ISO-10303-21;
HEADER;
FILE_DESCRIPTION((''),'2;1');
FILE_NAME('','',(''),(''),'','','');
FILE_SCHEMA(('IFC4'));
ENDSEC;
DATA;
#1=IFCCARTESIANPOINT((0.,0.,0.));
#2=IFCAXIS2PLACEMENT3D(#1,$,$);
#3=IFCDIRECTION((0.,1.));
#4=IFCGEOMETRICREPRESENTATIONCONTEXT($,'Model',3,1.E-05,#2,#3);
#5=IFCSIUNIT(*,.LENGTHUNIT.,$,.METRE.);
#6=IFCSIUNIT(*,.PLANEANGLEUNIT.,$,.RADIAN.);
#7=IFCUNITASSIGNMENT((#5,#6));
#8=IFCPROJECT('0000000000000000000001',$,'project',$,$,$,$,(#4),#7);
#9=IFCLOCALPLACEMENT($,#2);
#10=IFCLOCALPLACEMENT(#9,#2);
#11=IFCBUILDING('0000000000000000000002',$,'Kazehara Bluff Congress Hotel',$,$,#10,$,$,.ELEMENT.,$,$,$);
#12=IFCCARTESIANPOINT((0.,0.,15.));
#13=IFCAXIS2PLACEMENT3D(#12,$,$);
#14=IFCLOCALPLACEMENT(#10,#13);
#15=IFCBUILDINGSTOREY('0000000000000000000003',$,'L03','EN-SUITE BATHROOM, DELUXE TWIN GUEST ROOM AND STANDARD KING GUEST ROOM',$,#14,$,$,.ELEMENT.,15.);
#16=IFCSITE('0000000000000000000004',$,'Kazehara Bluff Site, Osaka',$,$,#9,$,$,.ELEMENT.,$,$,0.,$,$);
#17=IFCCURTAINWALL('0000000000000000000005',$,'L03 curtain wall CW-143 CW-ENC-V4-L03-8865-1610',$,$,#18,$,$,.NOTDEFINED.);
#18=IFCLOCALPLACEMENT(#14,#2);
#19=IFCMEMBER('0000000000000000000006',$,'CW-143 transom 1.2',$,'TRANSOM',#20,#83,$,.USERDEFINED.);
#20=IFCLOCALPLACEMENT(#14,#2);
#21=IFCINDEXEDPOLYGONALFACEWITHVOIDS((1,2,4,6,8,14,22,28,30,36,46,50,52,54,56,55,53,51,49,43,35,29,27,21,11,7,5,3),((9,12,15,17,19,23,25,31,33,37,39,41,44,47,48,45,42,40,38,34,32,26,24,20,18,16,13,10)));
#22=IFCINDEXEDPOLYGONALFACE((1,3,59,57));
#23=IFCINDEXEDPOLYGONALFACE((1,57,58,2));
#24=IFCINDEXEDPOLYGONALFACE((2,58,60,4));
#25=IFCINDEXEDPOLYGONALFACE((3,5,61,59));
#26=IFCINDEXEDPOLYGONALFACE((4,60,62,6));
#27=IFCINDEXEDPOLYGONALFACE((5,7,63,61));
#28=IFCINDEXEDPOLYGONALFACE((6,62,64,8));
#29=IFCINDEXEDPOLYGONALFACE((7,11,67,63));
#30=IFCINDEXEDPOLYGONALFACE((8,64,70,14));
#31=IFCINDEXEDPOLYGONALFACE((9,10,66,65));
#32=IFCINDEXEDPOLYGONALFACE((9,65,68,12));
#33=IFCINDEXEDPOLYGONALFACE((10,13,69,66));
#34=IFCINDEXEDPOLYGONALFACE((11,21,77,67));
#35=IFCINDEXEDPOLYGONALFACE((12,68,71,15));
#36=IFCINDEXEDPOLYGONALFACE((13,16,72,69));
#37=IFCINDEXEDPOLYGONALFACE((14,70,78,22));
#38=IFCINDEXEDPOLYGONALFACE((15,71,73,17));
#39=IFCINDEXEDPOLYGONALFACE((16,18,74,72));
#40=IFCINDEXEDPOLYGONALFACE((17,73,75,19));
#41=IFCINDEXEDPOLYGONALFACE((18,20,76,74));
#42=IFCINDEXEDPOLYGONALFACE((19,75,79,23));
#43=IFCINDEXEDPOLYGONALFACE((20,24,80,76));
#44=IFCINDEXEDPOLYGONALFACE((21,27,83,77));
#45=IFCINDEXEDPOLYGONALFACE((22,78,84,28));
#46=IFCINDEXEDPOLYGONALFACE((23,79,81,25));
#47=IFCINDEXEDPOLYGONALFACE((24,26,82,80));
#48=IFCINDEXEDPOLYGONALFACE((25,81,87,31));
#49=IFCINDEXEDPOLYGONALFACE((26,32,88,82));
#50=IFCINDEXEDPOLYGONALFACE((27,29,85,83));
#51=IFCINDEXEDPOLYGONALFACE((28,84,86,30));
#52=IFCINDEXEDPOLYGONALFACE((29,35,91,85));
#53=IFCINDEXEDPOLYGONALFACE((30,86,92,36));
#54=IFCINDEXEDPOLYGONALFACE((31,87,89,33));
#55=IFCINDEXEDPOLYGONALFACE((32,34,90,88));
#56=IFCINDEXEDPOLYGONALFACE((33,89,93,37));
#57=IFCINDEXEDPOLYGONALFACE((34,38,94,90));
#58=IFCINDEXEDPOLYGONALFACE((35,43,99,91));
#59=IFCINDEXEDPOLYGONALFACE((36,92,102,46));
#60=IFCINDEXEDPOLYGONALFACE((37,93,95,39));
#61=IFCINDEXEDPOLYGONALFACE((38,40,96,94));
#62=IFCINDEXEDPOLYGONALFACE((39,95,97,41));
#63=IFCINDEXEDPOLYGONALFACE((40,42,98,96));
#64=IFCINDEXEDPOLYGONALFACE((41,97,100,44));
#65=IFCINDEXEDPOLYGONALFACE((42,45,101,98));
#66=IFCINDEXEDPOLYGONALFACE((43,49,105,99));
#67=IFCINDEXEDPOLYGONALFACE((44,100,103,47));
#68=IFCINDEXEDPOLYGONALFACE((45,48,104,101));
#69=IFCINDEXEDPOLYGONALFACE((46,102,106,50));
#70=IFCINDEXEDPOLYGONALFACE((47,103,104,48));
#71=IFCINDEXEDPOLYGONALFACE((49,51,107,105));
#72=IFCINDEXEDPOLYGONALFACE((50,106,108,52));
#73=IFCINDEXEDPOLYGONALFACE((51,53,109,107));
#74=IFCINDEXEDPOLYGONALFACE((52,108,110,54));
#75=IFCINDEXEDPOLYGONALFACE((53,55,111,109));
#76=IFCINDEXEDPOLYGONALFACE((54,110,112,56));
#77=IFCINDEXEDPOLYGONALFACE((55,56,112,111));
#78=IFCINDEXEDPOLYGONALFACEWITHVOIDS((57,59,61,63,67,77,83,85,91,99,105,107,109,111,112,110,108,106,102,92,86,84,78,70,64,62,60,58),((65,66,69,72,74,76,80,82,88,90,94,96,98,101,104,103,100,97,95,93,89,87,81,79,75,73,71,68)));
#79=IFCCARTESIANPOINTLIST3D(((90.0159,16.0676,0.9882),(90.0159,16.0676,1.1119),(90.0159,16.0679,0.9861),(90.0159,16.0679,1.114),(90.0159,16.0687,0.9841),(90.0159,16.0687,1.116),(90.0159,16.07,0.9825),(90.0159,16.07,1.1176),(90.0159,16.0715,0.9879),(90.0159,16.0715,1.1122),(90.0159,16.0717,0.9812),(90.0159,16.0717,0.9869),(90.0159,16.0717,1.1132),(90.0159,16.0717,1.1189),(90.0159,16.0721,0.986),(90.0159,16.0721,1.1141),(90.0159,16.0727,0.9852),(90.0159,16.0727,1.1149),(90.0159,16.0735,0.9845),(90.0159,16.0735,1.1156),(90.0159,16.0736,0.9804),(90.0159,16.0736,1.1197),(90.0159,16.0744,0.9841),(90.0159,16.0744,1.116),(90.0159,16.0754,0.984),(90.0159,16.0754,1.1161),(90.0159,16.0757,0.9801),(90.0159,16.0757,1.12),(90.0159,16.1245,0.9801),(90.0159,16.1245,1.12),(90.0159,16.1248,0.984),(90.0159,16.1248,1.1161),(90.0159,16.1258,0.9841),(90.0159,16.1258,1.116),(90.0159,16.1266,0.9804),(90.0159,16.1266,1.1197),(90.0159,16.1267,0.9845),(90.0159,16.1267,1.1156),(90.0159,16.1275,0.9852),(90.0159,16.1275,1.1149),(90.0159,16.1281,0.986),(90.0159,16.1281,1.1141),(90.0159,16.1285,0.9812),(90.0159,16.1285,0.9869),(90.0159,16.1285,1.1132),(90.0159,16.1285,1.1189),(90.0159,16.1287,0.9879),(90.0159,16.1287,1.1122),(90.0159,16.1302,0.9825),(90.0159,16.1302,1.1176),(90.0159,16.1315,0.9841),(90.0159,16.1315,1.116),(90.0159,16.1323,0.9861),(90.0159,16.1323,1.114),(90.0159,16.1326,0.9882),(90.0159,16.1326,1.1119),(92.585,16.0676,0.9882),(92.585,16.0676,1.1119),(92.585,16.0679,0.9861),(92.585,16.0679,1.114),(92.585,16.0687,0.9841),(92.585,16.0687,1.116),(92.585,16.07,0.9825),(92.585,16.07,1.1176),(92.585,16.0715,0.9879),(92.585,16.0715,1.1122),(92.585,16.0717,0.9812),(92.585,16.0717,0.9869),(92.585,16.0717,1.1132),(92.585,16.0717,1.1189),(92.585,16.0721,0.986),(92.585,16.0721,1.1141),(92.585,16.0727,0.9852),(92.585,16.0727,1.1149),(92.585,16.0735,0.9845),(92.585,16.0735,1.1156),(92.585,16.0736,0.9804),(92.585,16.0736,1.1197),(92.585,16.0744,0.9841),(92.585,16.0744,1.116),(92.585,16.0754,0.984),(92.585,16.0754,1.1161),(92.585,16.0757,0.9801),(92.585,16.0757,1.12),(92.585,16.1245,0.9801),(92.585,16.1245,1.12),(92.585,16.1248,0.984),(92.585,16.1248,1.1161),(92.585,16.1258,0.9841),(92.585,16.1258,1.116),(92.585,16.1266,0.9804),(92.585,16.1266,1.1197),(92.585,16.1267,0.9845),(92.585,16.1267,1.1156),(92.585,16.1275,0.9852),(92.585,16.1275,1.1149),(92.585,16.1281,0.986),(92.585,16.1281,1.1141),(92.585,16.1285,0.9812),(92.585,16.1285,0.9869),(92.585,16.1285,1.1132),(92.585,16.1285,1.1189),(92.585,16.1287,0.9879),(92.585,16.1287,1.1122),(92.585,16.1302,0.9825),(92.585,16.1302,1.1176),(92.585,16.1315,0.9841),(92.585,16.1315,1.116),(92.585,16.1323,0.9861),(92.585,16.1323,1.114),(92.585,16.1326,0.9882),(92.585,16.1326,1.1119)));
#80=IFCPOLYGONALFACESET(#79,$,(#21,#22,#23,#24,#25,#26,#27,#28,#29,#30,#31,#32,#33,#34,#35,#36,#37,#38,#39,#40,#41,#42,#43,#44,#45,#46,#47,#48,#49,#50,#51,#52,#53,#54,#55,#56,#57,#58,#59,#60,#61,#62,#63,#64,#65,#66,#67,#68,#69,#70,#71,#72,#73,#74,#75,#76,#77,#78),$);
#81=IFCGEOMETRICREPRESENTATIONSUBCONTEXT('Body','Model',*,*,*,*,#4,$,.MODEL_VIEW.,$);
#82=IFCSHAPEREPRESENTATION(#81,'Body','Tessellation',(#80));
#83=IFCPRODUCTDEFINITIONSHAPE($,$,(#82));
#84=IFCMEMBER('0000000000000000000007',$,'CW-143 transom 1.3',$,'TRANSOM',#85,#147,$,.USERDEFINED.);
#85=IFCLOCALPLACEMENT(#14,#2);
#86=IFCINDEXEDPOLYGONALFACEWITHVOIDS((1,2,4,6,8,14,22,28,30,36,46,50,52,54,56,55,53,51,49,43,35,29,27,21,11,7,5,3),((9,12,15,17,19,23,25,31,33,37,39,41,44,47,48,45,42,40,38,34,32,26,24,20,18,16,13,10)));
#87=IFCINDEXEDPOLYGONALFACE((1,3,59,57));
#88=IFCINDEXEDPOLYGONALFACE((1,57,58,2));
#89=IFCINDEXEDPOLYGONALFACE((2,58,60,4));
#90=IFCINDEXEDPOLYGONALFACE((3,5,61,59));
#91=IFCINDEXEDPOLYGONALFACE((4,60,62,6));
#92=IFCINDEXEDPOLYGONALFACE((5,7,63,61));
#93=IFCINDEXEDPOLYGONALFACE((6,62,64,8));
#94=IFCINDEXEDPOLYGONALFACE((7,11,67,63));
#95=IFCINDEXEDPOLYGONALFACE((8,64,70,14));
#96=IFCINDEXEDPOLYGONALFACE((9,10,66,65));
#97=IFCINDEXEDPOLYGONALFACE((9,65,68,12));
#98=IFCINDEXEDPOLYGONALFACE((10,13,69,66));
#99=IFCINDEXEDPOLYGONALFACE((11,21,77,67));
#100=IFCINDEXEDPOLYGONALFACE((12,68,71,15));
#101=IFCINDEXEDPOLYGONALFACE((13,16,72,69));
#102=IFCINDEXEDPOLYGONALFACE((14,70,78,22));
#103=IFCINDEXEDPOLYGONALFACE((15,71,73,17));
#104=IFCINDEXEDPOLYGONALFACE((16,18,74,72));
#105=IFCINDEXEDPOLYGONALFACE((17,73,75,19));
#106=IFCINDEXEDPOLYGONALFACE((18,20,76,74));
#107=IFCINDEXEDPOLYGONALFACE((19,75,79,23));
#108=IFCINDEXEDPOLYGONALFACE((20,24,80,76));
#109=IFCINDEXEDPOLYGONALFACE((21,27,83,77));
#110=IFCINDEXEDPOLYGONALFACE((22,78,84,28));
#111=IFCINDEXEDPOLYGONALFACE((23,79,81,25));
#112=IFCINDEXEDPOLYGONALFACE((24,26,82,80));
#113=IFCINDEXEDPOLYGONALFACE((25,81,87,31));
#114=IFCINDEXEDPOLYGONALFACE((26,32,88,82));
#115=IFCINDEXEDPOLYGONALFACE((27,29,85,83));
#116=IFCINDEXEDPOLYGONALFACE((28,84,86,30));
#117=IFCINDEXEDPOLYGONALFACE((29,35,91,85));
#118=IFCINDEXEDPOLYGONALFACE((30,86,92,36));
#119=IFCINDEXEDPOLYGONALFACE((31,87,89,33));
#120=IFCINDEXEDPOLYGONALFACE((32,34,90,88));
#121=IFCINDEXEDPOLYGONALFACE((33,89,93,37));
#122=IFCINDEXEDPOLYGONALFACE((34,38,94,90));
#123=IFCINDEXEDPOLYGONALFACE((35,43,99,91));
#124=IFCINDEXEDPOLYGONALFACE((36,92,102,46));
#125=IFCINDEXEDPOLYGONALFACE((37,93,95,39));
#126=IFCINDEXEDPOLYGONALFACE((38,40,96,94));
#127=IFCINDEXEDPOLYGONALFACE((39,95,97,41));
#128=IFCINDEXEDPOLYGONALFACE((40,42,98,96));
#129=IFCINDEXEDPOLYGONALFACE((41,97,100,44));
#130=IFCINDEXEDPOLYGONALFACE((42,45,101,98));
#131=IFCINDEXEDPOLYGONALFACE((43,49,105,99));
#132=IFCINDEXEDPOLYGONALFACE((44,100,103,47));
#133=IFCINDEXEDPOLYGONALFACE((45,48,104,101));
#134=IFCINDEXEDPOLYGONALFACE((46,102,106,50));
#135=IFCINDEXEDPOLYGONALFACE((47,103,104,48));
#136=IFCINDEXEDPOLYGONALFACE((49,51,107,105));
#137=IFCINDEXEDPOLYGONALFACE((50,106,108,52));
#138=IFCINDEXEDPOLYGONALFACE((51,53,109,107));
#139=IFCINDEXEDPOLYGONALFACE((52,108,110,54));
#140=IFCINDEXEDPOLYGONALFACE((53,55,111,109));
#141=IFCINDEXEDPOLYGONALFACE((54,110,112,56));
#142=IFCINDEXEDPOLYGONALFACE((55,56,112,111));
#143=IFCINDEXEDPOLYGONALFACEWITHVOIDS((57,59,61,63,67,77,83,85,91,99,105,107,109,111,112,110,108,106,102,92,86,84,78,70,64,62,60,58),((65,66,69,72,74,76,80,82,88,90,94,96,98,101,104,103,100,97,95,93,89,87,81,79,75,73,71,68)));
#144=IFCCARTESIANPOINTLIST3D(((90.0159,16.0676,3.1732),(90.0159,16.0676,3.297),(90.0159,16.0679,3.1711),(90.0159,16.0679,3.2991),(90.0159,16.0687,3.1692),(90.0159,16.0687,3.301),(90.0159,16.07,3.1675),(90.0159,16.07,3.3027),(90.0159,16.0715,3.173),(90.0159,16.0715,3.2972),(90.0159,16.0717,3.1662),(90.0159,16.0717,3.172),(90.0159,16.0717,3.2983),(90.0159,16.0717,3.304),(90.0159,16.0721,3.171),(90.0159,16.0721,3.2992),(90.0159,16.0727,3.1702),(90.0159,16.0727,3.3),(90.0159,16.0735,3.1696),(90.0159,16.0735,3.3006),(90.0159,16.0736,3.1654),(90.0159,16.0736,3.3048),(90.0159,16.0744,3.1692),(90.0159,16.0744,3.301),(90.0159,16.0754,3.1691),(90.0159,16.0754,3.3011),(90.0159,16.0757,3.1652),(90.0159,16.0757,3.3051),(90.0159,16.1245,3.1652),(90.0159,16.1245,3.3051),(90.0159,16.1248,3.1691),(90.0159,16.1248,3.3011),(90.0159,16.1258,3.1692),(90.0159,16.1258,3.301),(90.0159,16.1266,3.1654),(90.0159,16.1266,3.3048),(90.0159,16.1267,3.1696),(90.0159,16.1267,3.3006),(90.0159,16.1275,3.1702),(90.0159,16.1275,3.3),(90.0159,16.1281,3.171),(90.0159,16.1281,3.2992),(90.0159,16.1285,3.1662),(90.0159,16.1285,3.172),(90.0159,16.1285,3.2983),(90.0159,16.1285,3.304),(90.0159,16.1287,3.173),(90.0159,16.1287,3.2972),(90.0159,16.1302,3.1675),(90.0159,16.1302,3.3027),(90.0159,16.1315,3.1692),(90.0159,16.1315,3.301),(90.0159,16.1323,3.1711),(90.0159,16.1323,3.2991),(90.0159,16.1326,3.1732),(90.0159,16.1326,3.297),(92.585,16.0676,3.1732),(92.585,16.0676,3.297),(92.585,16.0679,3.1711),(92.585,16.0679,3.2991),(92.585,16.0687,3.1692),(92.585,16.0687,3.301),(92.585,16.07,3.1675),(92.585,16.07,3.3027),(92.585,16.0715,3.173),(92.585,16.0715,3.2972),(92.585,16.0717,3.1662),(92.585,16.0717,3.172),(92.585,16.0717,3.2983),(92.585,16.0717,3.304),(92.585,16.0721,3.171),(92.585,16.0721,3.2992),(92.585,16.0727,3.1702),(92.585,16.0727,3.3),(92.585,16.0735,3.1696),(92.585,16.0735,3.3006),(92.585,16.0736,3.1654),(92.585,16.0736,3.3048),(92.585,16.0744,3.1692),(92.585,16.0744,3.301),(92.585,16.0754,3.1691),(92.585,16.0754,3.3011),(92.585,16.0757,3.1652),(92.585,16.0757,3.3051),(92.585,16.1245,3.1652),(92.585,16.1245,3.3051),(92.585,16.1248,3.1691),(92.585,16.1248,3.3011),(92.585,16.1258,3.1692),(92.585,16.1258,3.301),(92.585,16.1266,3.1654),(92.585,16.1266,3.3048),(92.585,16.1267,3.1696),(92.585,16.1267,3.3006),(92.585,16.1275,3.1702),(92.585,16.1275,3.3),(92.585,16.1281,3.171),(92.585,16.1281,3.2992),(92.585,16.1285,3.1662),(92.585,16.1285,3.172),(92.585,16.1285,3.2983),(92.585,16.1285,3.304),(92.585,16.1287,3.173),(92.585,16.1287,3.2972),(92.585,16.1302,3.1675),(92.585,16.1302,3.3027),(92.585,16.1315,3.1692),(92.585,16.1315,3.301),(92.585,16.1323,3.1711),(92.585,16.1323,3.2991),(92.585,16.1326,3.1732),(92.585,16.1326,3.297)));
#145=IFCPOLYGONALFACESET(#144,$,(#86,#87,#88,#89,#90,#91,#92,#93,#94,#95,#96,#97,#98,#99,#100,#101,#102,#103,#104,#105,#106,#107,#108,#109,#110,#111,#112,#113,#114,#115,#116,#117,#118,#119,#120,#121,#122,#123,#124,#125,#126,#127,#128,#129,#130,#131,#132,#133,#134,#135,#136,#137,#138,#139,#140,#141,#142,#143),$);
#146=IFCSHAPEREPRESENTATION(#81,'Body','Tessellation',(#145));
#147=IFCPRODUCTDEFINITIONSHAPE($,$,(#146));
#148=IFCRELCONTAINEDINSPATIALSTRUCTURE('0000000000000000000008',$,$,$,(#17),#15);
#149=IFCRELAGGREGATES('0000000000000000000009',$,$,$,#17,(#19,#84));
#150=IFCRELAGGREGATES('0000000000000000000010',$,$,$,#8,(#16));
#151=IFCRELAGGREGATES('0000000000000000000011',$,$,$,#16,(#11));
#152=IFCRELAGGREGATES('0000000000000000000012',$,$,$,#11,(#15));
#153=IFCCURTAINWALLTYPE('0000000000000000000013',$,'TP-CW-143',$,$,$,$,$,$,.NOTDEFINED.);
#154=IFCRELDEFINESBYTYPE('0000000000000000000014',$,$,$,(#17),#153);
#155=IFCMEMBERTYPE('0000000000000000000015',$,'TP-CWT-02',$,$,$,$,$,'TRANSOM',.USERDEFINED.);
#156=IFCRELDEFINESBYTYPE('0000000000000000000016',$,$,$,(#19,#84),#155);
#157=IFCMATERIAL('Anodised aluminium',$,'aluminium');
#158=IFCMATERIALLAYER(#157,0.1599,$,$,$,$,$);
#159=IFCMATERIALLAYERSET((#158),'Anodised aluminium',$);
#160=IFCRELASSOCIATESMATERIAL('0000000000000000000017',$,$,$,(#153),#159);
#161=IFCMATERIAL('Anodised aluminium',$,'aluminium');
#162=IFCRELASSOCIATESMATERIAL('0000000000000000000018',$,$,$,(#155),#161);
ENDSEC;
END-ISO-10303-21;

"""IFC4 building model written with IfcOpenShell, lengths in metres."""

from ifc_helpers import new_model, si_unit, direction, frame, origin, origin_2d, place, context, subcontext, project, spatial, hollow_rectangle, extrude, material, layer, layer_set, material_profile, profile_set, type_object, element, aggregate, save


model = new_model("IFC4")

# Units and contexts
model_context = context("Model", 3, precision=1e-05, world=origin(), true_north=direction((0.0, 1.0)))
body_context = subcontext(model_context, "Body", "Model", "MODEL_VIEW")
ifc_project = project(units=[si_unit("LENGTHUNIT", "METRE"), si_unit("PLANEANGLEUNIT", "RADIAN")], contexts=[model_context])

# Site, building, storey
site_placement = place(None, origin())
site = spatial("IfcSite", under=ifc_project, at=site_placement, Name="Kazehara Bluff Site, Osaka", CompositionType="ELEMENT", RefElevation=0.0)
building_placement = place(site_placement, origin())
building = spatial("IfcBuilding", under=site, at=building_placement, Name="Kazehara Bluff Congress Hotel", CompositionType="ELEMENT")
storey_placement = place(building_placement, frame((0.0, 0.0, 15.0)))
storey = spatial("IfcBuildingStorey", under=building, at=storey_placement, Name="L03", Description="EN-SUITE BATHROOM, DELUXE TWIN GUEST ROOM AND STANDARD KING GUEST ROOM", CompositionType="ELEMENT", Elevation=15.0)

# Curtain wall
ifc_material_1 = material(Name="Anodised aluminium", Category="aluminium")
ifc_layer_1 = layer(ifc_material_1, 0.1599)
ifc_layer_set_1 = layer_set([ifc_layer_1], Name="Anodised aluminium")
curtain_wall_type = type_object("IfcCurtainWallType", Name="TP-CW-143", PredefinedType="NOTDEFINED", material=ifc_layer_set_1)
curtain_wall_1_placement = place(storey_placement, origin())
curtain_wall_1 = element("IfcCurtainWall", 1, at=curtain_wall_1_placement, inside=storey, type_object=curtain_wall_type, Name="L03 curtain wall CW-143 CW-ENC-V4-L03-8865-1610", PredefinedType="NOTDEFINED")

# Members
ifc_material_2 = material(Name="Anodised aluminium", Category="aluminium")
ifc_material_profile_1 = material_profile(ifc_material_2, hollow_rectangle(XDim=0.0649, YDim=0.1399, WallThickness=0.0039, InnerFilletRadius=0.0039, OuterFilletRadius=0.0081, at=origin_2d()))
ifc_profile_set_1 = profile_set([ifc_material_profile_1], Name="Anodised aluminium")
member_type_1 = type_object("IfcMemberType", Name="TP-CWT-02", ElementType="TRANSOM", PredefinedType="USERDEFINED", material=ifc_profile_set_1)
member_1_placement = place(storey_placement, frame((92.585, 16.1001, 1.05), z_axis=(-1.0, 0.0, 0.0), x_axis=(0.0, -1.0, 0.0)))
member_1 = element("IfcMember", 2, at=member_1_placement, type_object=member_type_1, Name="CW-143 transom 1.2", ObjectType="TRANSOM", PredefinedType="USERDEFINED", context=body_context, shape_type="SweptSolid", body=[
    extrude(hollow_rectangle(XDim=0.0649, YDim=0.1399, WallThickness=0.0039, InnerFilletRadius=0.0039, OuterFilletRadius=0.0081, at=origin_2d()), origin(), (0.0, 0.0, 1.0), 2.5691),
])
member_2_placement = place(storey_placement, frame((92.585, 16.1001, 3.2351), z_axis=(-1.0, 0.0, 0.0), x_axis=(0.0, -1.0, 0.0)))
member_2 = element("IfcMember", 3, at=member_2_placement, type_object=member_type_1, Name="CW-143 transom 1.3", ObjectType="TRANSOM", PredefinedType="USERDEFINED", context=body_context, shape_type="SweptSolid", body=[
    extrude(hollow_rectangle(XDim=0.0649, YDim=0.1399, WallThickness=0.0039, InnerFilletRadius=0.0039, OuterFilletRadius=0.0081, at=origin_2d()), origin(), (0.0, 0.0, 1.0), 2.5691),
])
aggregate(curtain_wall_1, [member_1, member_2])

save(model, "model.ifc")
